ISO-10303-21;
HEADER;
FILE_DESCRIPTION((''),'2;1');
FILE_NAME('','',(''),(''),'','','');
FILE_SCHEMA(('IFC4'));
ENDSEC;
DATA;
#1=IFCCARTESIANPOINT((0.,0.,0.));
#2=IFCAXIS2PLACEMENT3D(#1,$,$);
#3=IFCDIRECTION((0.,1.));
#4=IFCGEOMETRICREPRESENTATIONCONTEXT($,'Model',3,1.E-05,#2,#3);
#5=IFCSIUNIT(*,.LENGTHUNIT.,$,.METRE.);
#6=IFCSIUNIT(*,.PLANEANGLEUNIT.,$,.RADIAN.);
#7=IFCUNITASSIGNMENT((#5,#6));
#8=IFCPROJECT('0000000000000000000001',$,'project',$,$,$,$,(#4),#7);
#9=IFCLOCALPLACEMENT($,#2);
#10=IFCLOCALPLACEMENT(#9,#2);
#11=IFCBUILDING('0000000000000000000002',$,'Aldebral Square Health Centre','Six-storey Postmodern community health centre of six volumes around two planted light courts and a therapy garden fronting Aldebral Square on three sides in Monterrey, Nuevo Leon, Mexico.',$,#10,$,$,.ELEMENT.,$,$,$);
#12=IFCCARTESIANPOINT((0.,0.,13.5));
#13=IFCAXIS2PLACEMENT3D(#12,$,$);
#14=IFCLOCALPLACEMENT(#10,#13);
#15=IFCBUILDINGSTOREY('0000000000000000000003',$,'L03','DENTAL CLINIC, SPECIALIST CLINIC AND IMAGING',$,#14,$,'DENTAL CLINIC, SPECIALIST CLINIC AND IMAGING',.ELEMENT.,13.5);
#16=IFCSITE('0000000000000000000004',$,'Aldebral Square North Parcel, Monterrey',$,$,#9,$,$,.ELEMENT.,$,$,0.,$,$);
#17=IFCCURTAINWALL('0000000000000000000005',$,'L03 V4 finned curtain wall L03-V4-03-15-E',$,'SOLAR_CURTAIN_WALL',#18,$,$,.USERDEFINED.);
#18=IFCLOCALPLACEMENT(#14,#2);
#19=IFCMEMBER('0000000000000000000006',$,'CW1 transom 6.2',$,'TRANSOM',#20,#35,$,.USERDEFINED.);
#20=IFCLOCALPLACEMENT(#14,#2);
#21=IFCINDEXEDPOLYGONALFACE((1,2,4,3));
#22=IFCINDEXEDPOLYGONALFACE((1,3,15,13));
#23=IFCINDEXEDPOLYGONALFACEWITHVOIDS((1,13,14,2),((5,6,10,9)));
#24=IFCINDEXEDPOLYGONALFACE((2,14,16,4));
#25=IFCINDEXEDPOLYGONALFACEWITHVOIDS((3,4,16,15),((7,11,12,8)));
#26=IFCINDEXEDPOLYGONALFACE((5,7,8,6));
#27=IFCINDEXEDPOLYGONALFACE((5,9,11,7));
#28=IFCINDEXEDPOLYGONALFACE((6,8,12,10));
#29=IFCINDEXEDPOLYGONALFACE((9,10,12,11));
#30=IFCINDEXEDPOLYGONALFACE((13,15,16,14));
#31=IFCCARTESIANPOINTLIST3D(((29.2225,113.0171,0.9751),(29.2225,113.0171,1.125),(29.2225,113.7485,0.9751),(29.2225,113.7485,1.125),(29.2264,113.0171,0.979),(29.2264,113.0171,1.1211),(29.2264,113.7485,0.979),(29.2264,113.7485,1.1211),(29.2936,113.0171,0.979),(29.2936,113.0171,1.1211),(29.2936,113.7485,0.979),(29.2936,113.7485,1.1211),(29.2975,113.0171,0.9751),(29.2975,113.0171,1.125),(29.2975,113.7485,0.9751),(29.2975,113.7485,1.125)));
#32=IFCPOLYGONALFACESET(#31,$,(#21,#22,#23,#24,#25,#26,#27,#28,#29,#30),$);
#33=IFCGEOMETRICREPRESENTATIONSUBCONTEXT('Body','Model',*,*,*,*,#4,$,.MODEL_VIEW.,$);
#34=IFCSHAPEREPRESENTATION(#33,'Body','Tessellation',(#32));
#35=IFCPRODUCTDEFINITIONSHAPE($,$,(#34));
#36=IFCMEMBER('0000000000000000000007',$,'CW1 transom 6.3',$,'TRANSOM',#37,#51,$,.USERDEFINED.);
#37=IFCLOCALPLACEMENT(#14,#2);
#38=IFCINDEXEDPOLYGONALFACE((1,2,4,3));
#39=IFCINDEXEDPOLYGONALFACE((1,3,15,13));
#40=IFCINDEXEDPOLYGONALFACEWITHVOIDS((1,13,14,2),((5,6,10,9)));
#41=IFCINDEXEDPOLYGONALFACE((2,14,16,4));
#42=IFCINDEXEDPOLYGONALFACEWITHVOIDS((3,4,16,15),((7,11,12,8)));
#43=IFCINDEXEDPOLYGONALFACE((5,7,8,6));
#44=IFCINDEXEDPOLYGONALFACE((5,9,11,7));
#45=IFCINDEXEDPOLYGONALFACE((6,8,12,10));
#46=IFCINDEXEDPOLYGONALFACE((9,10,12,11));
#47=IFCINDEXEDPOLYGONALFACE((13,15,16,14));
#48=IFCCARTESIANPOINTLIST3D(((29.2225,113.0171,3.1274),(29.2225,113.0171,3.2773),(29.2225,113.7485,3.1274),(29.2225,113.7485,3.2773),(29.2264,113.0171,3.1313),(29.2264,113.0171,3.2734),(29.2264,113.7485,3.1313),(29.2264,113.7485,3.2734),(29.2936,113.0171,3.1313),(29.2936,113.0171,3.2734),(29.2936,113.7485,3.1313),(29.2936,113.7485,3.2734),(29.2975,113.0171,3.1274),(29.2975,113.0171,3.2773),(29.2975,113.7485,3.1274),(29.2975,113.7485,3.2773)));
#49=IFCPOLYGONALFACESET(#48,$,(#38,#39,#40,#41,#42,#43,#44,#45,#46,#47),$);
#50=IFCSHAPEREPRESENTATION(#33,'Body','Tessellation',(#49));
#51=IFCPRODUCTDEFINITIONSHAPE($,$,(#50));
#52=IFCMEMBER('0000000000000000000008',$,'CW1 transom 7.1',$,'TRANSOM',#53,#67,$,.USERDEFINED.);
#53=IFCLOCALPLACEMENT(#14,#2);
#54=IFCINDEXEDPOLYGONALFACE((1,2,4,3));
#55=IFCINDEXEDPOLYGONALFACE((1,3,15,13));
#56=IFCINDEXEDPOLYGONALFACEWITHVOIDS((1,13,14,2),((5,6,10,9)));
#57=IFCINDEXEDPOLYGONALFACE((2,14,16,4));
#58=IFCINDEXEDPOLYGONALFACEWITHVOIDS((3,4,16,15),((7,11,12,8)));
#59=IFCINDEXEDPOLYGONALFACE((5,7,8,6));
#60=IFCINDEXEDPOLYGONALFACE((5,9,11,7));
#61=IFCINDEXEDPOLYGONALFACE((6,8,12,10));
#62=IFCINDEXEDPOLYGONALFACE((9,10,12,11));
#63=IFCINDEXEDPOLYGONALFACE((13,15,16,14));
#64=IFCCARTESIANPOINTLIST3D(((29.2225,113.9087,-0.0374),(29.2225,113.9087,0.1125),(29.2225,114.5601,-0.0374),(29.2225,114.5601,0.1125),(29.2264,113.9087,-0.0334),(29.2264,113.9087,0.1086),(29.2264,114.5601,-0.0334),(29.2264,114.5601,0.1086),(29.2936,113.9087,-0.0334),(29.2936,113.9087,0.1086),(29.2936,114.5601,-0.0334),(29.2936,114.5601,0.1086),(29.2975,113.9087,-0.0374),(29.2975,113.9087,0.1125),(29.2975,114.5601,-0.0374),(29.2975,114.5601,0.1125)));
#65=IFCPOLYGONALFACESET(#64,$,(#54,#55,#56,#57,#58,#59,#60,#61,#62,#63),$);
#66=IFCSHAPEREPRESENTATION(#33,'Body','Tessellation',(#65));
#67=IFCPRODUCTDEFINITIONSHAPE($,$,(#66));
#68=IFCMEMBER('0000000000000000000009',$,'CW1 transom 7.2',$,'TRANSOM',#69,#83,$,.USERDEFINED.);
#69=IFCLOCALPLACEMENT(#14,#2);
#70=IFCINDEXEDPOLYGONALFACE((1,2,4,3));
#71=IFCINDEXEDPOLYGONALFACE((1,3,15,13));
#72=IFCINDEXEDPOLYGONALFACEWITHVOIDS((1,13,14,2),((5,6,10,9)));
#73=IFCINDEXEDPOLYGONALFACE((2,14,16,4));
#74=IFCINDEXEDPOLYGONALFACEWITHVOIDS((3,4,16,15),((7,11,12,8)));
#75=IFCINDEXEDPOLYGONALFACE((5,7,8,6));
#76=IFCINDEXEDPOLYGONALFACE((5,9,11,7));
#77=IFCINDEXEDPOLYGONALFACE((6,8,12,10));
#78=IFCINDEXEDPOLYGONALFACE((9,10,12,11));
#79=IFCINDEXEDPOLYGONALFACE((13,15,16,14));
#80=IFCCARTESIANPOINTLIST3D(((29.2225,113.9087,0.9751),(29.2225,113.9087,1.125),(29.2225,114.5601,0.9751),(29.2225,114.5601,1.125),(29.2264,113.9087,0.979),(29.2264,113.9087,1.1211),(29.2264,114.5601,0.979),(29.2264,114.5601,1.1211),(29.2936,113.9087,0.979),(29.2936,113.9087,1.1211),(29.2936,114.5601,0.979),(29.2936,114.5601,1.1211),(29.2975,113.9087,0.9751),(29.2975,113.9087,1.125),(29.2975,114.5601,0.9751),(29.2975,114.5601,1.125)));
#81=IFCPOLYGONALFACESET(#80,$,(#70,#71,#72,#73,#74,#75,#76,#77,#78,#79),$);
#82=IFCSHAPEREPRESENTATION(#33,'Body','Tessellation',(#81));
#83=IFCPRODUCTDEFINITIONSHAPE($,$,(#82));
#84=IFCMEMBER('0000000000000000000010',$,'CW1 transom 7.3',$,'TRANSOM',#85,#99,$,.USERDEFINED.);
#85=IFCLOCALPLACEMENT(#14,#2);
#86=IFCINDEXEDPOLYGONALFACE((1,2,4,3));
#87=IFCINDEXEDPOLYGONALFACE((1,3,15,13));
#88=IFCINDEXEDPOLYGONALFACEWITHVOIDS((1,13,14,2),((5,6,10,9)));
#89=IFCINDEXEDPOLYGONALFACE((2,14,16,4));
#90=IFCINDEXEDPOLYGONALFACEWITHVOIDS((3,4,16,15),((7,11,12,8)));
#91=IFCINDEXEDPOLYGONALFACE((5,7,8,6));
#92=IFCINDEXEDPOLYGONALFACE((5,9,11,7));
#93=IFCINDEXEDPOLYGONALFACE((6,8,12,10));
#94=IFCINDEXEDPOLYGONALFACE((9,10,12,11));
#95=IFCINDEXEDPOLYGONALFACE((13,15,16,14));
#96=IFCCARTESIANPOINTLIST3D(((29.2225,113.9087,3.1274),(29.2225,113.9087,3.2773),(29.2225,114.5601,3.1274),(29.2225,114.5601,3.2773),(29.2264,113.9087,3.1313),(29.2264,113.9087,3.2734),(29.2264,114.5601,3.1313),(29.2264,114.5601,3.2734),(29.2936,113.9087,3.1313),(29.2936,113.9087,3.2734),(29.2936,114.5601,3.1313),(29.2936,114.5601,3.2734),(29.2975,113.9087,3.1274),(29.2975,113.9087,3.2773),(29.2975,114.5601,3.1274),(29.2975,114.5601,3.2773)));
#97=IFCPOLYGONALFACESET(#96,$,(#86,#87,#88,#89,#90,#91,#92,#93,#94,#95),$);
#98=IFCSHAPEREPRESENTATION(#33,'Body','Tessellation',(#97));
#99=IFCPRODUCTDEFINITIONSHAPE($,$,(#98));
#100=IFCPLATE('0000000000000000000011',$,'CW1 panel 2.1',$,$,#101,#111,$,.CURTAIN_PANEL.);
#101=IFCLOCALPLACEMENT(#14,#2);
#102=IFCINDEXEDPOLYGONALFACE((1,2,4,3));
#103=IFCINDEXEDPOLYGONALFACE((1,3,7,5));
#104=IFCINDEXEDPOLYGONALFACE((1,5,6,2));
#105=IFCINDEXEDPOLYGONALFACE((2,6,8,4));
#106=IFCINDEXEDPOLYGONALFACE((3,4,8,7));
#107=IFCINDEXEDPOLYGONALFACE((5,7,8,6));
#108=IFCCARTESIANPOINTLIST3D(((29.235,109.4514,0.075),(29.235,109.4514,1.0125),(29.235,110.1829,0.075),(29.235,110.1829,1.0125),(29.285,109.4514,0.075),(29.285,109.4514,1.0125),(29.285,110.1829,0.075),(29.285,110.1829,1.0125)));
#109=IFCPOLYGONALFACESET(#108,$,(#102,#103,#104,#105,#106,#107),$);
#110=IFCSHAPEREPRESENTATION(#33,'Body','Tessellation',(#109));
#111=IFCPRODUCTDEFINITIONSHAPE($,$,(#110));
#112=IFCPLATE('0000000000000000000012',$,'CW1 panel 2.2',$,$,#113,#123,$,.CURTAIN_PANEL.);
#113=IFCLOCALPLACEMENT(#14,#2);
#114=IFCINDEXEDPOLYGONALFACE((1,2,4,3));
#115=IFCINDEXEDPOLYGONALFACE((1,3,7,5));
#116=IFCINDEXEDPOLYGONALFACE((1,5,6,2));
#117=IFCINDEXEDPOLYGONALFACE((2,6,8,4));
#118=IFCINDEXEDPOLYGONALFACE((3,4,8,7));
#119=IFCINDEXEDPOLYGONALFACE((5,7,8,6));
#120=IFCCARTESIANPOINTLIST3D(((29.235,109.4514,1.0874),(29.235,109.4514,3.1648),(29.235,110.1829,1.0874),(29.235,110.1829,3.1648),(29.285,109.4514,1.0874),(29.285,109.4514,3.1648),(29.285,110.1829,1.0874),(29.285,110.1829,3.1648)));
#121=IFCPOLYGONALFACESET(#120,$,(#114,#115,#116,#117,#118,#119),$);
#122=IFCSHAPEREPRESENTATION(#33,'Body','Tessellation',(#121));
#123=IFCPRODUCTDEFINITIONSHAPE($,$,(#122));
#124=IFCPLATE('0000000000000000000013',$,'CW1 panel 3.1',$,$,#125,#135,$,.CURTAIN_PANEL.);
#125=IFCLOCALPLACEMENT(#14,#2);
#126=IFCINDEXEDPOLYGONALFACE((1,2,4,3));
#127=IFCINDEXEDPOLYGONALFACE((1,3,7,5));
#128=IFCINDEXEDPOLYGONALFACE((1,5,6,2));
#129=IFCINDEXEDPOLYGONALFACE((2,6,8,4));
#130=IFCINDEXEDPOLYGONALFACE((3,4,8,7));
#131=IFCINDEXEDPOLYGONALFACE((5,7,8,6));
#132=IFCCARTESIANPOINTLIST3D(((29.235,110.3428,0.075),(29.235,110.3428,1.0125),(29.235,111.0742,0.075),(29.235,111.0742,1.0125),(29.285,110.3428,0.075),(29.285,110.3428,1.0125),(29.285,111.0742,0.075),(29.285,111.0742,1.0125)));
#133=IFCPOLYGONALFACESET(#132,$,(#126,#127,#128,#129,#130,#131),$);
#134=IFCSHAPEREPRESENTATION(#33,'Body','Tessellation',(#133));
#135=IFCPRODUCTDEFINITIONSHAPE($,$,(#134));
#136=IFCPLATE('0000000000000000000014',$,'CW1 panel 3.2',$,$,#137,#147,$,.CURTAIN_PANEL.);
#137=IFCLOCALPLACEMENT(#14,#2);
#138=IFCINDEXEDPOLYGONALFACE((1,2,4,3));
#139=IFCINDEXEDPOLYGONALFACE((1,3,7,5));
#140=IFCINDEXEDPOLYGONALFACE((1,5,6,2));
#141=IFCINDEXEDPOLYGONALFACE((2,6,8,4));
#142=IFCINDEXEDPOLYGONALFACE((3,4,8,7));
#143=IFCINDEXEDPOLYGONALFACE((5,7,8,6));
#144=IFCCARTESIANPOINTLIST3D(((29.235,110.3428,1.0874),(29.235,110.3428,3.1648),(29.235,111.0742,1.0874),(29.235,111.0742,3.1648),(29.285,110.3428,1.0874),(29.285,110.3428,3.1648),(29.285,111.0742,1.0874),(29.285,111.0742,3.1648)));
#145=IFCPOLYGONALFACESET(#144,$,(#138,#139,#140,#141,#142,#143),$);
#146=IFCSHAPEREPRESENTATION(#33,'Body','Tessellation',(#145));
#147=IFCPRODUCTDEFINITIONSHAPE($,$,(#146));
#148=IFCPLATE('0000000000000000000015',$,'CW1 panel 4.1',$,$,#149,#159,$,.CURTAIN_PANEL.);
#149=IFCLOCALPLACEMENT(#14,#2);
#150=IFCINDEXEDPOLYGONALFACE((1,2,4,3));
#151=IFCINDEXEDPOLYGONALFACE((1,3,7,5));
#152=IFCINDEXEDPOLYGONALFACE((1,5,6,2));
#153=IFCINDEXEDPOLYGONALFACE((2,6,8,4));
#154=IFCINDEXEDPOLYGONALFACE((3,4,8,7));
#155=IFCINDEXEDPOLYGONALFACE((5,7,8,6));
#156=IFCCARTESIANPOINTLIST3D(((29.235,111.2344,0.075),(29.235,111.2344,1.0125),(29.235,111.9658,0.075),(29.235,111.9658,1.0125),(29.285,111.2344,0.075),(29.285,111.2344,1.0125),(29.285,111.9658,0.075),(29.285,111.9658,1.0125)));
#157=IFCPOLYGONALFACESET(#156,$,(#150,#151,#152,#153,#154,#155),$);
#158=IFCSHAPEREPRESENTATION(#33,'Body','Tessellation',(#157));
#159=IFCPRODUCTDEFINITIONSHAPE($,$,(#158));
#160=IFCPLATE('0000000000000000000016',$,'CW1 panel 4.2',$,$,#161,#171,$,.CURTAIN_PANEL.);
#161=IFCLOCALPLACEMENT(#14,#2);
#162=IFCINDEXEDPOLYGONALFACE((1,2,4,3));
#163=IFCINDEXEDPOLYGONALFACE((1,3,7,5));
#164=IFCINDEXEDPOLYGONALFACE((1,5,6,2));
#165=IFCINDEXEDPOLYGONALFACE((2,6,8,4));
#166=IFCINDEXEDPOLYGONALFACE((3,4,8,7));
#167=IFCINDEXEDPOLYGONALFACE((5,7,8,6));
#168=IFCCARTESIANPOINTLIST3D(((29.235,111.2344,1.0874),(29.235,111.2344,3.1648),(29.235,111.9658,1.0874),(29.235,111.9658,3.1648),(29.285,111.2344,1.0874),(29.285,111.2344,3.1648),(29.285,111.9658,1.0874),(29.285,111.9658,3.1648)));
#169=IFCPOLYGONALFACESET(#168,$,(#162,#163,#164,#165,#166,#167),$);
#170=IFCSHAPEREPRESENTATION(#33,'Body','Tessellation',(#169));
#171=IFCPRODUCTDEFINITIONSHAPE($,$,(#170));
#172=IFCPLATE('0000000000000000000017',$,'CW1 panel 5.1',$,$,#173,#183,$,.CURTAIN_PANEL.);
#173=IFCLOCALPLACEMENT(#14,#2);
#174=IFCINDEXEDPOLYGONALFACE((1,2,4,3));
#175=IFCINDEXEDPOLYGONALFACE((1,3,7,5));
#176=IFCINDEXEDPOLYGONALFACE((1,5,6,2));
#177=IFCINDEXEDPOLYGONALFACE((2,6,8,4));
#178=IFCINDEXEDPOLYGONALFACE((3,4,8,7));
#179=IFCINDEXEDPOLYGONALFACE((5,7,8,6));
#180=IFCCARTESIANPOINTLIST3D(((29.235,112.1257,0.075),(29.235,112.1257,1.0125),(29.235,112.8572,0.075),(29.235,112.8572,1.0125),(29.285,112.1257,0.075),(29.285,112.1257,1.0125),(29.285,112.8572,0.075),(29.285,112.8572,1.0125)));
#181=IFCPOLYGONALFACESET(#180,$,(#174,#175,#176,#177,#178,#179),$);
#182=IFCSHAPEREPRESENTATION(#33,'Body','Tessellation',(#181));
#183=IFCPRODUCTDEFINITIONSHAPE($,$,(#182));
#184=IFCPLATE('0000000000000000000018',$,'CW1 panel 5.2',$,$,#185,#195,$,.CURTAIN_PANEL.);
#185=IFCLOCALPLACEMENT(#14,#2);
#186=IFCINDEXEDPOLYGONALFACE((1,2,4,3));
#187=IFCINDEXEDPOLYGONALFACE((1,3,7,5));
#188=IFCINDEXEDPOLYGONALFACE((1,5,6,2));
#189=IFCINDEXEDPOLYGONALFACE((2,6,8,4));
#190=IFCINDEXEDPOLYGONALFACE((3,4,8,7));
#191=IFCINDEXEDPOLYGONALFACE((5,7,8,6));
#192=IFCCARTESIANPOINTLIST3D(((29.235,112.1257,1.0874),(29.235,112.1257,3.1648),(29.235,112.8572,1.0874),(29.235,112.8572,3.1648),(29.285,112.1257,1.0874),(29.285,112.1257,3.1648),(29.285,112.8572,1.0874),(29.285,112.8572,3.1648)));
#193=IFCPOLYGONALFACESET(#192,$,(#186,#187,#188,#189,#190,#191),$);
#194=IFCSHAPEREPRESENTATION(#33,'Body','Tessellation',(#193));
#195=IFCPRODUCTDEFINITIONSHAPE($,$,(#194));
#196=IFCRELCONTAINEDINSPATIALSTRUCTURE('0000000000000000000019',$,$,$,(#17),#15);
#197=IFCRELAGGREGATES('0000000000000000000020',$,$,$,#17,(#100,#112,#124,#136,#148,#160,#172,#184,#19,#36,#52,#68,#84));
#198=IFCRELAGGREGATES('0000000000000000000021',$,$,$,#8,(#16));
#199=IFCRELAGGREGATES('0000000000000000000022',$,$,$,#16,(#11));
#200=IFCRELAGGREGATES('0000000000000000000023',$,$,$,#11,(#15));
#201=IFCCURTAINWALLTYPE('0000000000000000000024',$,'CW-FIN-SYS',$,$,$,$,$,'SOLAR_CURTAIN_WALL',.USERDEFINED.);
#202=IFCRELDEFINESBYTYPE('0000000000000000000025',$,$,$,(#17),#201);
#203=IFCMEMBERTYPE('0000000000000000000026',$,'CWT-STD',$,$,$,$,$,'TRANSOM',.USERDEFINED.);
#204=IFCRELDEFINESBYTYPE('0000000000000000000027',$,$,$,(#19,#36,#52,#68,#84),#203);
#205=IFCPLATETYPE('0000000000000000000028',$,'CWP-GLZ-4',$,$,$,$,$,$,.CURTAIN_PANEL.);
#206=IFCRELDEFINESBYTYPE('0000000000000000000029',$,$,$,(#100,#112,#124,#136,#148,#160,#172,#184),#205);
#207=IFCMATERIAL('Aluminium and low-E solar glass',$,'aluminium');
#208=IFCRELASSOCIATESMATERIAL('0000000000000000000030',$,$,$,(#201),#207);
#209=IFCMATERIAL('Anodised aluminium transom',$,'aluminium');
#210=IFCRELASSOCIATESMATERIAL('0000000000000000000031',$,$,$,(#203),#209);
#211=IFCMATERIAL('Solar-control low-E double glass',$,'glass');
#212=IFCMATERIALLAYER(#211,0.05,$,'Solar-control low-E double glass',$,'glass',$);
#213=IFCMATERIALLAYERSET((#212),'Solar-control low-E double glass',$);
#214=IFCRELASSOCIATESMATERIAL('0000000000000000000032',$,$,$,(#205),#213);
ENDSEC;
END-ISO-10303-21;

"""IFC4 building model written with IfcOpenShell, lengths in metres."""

from ifc_helpers import new_model, si_unit, direction, frame, origin, origin_2d, place, context, subcontext, project, spatial, rectangle, hollow_rectangle, extrude, material, layer, layer_set, material_profile, profile_set, type_object, element, aggregate, save


model = new_model("IFC4")

# Units and contexts
model_context = context("Model", 3, precision=1e-05, world=origin(), true_north=direction((0.0, 1.0)))
body_context = subcontext(model_context, "Body", "Model", "MODEL_VIEW")
ifc_project = project(units=[si_unit("LENGTHUNIT", "METRE"), si_unit("PLANEANGLEUNIT", "RADIAN")], contexts=[model_context])

# Site, building, storey
site_placement = place(None, origin())
site = spatial("IfcSite", under=ifc_project, at=site_placement, Name="Aldebral Square North Parcel, Monterrey", CompositionType="ELEMENT", RefElevation=0.0)
building_placement = place(site_placement, origin())
building = spatial("IfcBuilding", under=site, at=building_placement, Name="Aldebral Square Health Centre", Description="Six-storey Postmodern community health centre of six volumes around two planted light courts and a therapy garden fronting Aldebral Square on three sides in Monterrey, Nuevo Leon, Mexico.", CompositionType="ELEMENT")
storey_placement = place(building_placement, frame((0.0, 0.0, 13.5)))
storey = spatial("IfcBuildingStorey", under=building, at=storey_placement, Name="L03", Description="DENTAL CLINIC, SPECIALIST CLINIC AND IMAGING", LongName="DENTAL CLINIC, SPECIALIST CLINIC AND IMAGING", CompositionType="ELEMENT", Elevation=13.5)

# Curtain wall, members, plates
ifc_material_1 = material(Name="Aluminium and low-E solar glass", Category="aluminium")
curtain_wall_type = type_object("IfcCurtainWallType", Name="CW-FIN-SYS", ElementType="SOLAR_CURTAIN_WALL", PredefinedType="USERDEFINED", material=ifc_material_1)
curtain_wall_placement = place(storey_placement, origin())
curtain_wall = element("IfcCurtainWall", 1, at=curtain_wall_placement, inside=storey, type_object=curtain_wall_type, Name="L03 V4 finned curtain wall L03-V4-03-15-E", ObjectType="SOLAR_CURTAIN_WALL", PredefinedType="USERDEFINED")
ifc_material_2 = material(Name="Anodised aluminium transom", Category="aluminium")
ifc_material_profile = material_profile(ifc_material_2, hollow_rectangle(XDim=0.075, YDim=0.1499, WallThickness=0.0039, at=origin_2d()), Name="CWT 75x150x4")
ifc_profile_set = profile_set([ifc_material_profile], Name="Anodised aluminium transom")
member_type = type_object("IfcMemberType", Name="CWT-STD", ElementType="TRANSOM", PredefinedType="USERDEFINED", material=ifc_profile_set)
member_1_placement = place(storey_placement, frame((29.26, 113.0171, 1.05), z_axis=(0.0, 1.0, 0.0), x_axis=(-1.0, 0.0, 0.0)))
member_1 = element("IfcMember", 2, at=member_1_placement, type_object=member_type, Name="CW1 transom 6.2", ObjectType="TRANSOM", PredefinedType="USERDEFINED", context=body_context, shape_type="SweptSolid", body=[
    extrude(hollow_rectangle(XDim=0.075, YDim=0.1499, WallThickness=0.0039, at=origin_2d()), origin(), (0.0, 0.0, 1.0), 0.7314),
])
member_2_placement = place(storey_placement, frame((29.26, 113.0171, 3.2024), z_axis=(0.0, 1.0, 0.0), x_axis=(-1.0, 0.0, 0.0)))
member_2 = element("IfcMember", 3, at=member_2_placement, type_object=member_type, Name="CW1 transom 6.3", ObjectType="TRANSOM", PredefinedType="USERDEFINED", context=body_context, shape_type="SweptSolid", body=[
    extrude(hollow_rectangle(XDim=0.075, YDim=0.1499, WallThickness=0.0039, at=origin_2d()), origin(), (0.0, 0.0, 1.0), 0.7314),
])
member_3_placement = place(storey_placement, frame((29.26, 113.9087, 0.0376), z_axis=(0.0, 1.0, 0.0), x_axis=(-1.0, 0.0, 0.0)))
member_3 = element("IfcMember", 4, at=member_3_placement, type_object=member_type, Name="CW1 transom 7.1", ObjectType="TRANSOM", PredefinedType="USERDEFINED", context=body_context, shape_type="SweptSolid", body=[
    extrude(hollow_rectangle(XDim=0.075, YDim=0.1499, WallThickness=0.0039, at=origin_2d()), origin(), (0.0, 0.0, 1.0), 0.6514),
])
member_4_placement = place(storey_placement, frame((29.26, 113.9087, 1.05), z_axis=(0.0, 1.0, 0.0), x_axis=(-1.0, 0.0, 0.0)))
member_4 = element("IfcMember", 5, at=member_4_placement, type_object=member_type, Name="CW1 transom 7.2", ObjectType="TRANSOM", PredefinedType="USERDEFINED", context=body_context, shape_type="SweptSolid", body=[
    extrude(hollow_rectangle(XDim=0.075, YDim=0.1499, WallThickness=0.0039, at=origin_2d()), origin(), (0.0, 0.0, 1.0), 0.6514),
])
member_5_placement = place(storey_placement, frame((29.26, 113.9087, 3.2024), z_axis=(0.0, 1.0, 0.0), x_axis=(-1.0, 0.0, 0.0)))
member_5 = element("IfcMember", 6, at=member_5_placement, type_object=member_type, Name="CW1 transom 7.3", ObjectType="TRANSOM", PredefinedType="USERDEFINED", context=body_context, shape_type="SweptSolid", body=[
    extrude(hollow_rectangle(XDim=0.075, YDim=0.1499, WallThickness=0.0039, at=origin_2d()), origin(), (0.0, 0.0, 1.0), 0.6514),
])
ifc_material_3 = material(Name="Solar-control low-E double glass", Category="glass")
ifc_layer = layer(ifc_material_3, 0.05, Name="Solar-control low-E double glass", Category="glass")
ifc_layer_set = layer_set([ifc_layer], Name="Solar-control low-E double glass")
plate_type = type_object("IfcPlateType", Name="CWP-GLZ-4", PredefinedType="CURTAIN_PANEL", material=ifc_layer_set)
plate_1_placement = place(storey_placement, frame((29.26, 109.8171, 0.075), z_axis=(0.0, 0.0, 1.0), x_axis=(0.0, 1.0, 0.0)))
plate_1 = element("IfcPlate", 7, at=plate_1_placement, type_object=plate_type, Name="CW1 panel 2.1", PredefinedType="CURTAIN_PANEL", context=body_context, shape_type="SweptSolid", body=[
    extrude(rectangle(XDim=0.7314, YDim=0.05, at=origin_2d()), origin(), (0.0, 0.0, 1.0), 0.9375),
])
plate_2_placement = place(storey_placement, frame((29.26, 109.8171, 1.0874), z_axis=(0.0, 0.0, 1.0), x_axis=(0.0, 1.0, 0.0)))
plate_2 = element("IfcPlate", 8, at=plate_2_placement, type_object=plate_type, Name="CW1 panel 2.2", PredefinedType="CURTAIN_PANEL", context=body_context, shape_type="SweptSolid", body=[
    extrude(rectangle(XDim=0.7314, YDim=0.05, at=origin_2d()), origin(), (0.0, 0.0, 1.0), 2.0774),
])
plate_3_placement = place(storey_placement, frame((29.26, 110.7085, 0.075), z_axis=(0.0, 0.0, 1.0), x_axis=(0.0, 1.0, 0.0)))
plate_3 = element("IfcPlate", 9, at=plate_3_placement, type_object=plate_type, Name="CW1 panel 3.1", PredefinedType="CURTAIN_PANEL", context=body_context, shape_type="SweptSolid", body=[
    extrude(rectangle(XDim=0.7314, YDim=0.05, at=origin_2d()), origin(), (0.0, 0.0, 1.0), 0.9375),
])
plate_4_placement = place(storey_placement, frame((29.26, 110.7085, 1.0874), z_axis=(0.0, 0.0, 1.0), x_axis=(0.0, 1.0, 0.0)))
plate_4 = element("IfcPlate", 10, at=plate_4_placement, type_object=plate_type, Name="CW1 panel 3.2", PredefinedType="CURTAIN_PANEL", context=body_context, shape_type="SweptSolid", body=[
    extrude(rectangle(XDim=0.7314, YDim=0.05, at=origin_2d()), origin(), (0.0, 0.0, 1.0), 2.0774),
])
plate_5_placement = place(storey_placement, frame((29.26, 111.6001, 0.075), z_axis=(0.0, 0.0, 1.0), x_axis=(0.0, 1.0, 0.0)))
plate_5 = element("IfcPlate", 11, at=plate_5_placement, type_object=plate_type, Name="CW1 panel 4.1", PredefinedType="CURTAIN_PANEL", context=body_context, shape_type="SweptSolid", body=[
    extrude(rectangle(XDim=0.7314, YDim=0.05, at=origin_2d()), origin(), (0.0, 0.0, 1.0), 0.9375),
])
plate_6_placement = place(storey_placement, frame((29.26, 111.6001, 1.0874), z_axis=(0.0, 0.0, 1.0), x_axis=(0.0, 1.0, 0.0)))
plate_6 = element("IfcPlate", 12, at=plate_6_placement, type_object=plate_type, Name="CW1 panel 4.2", PredefinedType="CURTAIN_PANEL", context=body_context, shape_type="SweptSolid", body=[
    extrude(rectangle(XDim=0.7314, YDim=0.05, at=origin_2d()), origin(), (0.0, 0.0, 1.0), 2.0774),
])
plate_7_placement = place(storey_placement, frame((29.26, 112.4915, 0.075), z_axis=(0.0, 0.0, 1.0), x_axis=(0.0, 1.0, 0.0)))
plate_7 = element("IfcPlate", 13, at=plate_7_placement, type_object=plate_type, Name="CW1 panel 5.1", PredefinedType="CURTAIN_PANEL", context=body_context, shape_type="SweptSolid", body=[
    extrude(rectangle(XDim=0.7314, YDim=0.05, at=origin_2d()), origin(), (0.0, 0.0, 1.0), 0.9375),
])
plate_8_placement = place(storey_placement, frame((29.26, 112.4915, 1.0874), z_axis=(0.0, 0.0, 1.0), x_axis=(0.0, 1.0, 0.0)))
plate_8 = element("IfcPlate", 14, at=plate_8_placement, type_object=plate_type, Name="CW1 panel 5.2", PredefinedType="CURTAIN_PANEL", context=body_context, shape_type="SweptSolid", body=[
    extrude(rectangle(XDim=0.7314, YDim=0.05, at=origin_2d()), origin(), (0.0, 0.0, 1.0), 2.0774),
])
aggregate(curtain_wall, [plate_1, plate_2, plate_3, plate_4, plate_5, plate_6, plate_7, plate_8, member_1, member_2, member_3, member_4, member_5])

save(model, "model.ifc")
